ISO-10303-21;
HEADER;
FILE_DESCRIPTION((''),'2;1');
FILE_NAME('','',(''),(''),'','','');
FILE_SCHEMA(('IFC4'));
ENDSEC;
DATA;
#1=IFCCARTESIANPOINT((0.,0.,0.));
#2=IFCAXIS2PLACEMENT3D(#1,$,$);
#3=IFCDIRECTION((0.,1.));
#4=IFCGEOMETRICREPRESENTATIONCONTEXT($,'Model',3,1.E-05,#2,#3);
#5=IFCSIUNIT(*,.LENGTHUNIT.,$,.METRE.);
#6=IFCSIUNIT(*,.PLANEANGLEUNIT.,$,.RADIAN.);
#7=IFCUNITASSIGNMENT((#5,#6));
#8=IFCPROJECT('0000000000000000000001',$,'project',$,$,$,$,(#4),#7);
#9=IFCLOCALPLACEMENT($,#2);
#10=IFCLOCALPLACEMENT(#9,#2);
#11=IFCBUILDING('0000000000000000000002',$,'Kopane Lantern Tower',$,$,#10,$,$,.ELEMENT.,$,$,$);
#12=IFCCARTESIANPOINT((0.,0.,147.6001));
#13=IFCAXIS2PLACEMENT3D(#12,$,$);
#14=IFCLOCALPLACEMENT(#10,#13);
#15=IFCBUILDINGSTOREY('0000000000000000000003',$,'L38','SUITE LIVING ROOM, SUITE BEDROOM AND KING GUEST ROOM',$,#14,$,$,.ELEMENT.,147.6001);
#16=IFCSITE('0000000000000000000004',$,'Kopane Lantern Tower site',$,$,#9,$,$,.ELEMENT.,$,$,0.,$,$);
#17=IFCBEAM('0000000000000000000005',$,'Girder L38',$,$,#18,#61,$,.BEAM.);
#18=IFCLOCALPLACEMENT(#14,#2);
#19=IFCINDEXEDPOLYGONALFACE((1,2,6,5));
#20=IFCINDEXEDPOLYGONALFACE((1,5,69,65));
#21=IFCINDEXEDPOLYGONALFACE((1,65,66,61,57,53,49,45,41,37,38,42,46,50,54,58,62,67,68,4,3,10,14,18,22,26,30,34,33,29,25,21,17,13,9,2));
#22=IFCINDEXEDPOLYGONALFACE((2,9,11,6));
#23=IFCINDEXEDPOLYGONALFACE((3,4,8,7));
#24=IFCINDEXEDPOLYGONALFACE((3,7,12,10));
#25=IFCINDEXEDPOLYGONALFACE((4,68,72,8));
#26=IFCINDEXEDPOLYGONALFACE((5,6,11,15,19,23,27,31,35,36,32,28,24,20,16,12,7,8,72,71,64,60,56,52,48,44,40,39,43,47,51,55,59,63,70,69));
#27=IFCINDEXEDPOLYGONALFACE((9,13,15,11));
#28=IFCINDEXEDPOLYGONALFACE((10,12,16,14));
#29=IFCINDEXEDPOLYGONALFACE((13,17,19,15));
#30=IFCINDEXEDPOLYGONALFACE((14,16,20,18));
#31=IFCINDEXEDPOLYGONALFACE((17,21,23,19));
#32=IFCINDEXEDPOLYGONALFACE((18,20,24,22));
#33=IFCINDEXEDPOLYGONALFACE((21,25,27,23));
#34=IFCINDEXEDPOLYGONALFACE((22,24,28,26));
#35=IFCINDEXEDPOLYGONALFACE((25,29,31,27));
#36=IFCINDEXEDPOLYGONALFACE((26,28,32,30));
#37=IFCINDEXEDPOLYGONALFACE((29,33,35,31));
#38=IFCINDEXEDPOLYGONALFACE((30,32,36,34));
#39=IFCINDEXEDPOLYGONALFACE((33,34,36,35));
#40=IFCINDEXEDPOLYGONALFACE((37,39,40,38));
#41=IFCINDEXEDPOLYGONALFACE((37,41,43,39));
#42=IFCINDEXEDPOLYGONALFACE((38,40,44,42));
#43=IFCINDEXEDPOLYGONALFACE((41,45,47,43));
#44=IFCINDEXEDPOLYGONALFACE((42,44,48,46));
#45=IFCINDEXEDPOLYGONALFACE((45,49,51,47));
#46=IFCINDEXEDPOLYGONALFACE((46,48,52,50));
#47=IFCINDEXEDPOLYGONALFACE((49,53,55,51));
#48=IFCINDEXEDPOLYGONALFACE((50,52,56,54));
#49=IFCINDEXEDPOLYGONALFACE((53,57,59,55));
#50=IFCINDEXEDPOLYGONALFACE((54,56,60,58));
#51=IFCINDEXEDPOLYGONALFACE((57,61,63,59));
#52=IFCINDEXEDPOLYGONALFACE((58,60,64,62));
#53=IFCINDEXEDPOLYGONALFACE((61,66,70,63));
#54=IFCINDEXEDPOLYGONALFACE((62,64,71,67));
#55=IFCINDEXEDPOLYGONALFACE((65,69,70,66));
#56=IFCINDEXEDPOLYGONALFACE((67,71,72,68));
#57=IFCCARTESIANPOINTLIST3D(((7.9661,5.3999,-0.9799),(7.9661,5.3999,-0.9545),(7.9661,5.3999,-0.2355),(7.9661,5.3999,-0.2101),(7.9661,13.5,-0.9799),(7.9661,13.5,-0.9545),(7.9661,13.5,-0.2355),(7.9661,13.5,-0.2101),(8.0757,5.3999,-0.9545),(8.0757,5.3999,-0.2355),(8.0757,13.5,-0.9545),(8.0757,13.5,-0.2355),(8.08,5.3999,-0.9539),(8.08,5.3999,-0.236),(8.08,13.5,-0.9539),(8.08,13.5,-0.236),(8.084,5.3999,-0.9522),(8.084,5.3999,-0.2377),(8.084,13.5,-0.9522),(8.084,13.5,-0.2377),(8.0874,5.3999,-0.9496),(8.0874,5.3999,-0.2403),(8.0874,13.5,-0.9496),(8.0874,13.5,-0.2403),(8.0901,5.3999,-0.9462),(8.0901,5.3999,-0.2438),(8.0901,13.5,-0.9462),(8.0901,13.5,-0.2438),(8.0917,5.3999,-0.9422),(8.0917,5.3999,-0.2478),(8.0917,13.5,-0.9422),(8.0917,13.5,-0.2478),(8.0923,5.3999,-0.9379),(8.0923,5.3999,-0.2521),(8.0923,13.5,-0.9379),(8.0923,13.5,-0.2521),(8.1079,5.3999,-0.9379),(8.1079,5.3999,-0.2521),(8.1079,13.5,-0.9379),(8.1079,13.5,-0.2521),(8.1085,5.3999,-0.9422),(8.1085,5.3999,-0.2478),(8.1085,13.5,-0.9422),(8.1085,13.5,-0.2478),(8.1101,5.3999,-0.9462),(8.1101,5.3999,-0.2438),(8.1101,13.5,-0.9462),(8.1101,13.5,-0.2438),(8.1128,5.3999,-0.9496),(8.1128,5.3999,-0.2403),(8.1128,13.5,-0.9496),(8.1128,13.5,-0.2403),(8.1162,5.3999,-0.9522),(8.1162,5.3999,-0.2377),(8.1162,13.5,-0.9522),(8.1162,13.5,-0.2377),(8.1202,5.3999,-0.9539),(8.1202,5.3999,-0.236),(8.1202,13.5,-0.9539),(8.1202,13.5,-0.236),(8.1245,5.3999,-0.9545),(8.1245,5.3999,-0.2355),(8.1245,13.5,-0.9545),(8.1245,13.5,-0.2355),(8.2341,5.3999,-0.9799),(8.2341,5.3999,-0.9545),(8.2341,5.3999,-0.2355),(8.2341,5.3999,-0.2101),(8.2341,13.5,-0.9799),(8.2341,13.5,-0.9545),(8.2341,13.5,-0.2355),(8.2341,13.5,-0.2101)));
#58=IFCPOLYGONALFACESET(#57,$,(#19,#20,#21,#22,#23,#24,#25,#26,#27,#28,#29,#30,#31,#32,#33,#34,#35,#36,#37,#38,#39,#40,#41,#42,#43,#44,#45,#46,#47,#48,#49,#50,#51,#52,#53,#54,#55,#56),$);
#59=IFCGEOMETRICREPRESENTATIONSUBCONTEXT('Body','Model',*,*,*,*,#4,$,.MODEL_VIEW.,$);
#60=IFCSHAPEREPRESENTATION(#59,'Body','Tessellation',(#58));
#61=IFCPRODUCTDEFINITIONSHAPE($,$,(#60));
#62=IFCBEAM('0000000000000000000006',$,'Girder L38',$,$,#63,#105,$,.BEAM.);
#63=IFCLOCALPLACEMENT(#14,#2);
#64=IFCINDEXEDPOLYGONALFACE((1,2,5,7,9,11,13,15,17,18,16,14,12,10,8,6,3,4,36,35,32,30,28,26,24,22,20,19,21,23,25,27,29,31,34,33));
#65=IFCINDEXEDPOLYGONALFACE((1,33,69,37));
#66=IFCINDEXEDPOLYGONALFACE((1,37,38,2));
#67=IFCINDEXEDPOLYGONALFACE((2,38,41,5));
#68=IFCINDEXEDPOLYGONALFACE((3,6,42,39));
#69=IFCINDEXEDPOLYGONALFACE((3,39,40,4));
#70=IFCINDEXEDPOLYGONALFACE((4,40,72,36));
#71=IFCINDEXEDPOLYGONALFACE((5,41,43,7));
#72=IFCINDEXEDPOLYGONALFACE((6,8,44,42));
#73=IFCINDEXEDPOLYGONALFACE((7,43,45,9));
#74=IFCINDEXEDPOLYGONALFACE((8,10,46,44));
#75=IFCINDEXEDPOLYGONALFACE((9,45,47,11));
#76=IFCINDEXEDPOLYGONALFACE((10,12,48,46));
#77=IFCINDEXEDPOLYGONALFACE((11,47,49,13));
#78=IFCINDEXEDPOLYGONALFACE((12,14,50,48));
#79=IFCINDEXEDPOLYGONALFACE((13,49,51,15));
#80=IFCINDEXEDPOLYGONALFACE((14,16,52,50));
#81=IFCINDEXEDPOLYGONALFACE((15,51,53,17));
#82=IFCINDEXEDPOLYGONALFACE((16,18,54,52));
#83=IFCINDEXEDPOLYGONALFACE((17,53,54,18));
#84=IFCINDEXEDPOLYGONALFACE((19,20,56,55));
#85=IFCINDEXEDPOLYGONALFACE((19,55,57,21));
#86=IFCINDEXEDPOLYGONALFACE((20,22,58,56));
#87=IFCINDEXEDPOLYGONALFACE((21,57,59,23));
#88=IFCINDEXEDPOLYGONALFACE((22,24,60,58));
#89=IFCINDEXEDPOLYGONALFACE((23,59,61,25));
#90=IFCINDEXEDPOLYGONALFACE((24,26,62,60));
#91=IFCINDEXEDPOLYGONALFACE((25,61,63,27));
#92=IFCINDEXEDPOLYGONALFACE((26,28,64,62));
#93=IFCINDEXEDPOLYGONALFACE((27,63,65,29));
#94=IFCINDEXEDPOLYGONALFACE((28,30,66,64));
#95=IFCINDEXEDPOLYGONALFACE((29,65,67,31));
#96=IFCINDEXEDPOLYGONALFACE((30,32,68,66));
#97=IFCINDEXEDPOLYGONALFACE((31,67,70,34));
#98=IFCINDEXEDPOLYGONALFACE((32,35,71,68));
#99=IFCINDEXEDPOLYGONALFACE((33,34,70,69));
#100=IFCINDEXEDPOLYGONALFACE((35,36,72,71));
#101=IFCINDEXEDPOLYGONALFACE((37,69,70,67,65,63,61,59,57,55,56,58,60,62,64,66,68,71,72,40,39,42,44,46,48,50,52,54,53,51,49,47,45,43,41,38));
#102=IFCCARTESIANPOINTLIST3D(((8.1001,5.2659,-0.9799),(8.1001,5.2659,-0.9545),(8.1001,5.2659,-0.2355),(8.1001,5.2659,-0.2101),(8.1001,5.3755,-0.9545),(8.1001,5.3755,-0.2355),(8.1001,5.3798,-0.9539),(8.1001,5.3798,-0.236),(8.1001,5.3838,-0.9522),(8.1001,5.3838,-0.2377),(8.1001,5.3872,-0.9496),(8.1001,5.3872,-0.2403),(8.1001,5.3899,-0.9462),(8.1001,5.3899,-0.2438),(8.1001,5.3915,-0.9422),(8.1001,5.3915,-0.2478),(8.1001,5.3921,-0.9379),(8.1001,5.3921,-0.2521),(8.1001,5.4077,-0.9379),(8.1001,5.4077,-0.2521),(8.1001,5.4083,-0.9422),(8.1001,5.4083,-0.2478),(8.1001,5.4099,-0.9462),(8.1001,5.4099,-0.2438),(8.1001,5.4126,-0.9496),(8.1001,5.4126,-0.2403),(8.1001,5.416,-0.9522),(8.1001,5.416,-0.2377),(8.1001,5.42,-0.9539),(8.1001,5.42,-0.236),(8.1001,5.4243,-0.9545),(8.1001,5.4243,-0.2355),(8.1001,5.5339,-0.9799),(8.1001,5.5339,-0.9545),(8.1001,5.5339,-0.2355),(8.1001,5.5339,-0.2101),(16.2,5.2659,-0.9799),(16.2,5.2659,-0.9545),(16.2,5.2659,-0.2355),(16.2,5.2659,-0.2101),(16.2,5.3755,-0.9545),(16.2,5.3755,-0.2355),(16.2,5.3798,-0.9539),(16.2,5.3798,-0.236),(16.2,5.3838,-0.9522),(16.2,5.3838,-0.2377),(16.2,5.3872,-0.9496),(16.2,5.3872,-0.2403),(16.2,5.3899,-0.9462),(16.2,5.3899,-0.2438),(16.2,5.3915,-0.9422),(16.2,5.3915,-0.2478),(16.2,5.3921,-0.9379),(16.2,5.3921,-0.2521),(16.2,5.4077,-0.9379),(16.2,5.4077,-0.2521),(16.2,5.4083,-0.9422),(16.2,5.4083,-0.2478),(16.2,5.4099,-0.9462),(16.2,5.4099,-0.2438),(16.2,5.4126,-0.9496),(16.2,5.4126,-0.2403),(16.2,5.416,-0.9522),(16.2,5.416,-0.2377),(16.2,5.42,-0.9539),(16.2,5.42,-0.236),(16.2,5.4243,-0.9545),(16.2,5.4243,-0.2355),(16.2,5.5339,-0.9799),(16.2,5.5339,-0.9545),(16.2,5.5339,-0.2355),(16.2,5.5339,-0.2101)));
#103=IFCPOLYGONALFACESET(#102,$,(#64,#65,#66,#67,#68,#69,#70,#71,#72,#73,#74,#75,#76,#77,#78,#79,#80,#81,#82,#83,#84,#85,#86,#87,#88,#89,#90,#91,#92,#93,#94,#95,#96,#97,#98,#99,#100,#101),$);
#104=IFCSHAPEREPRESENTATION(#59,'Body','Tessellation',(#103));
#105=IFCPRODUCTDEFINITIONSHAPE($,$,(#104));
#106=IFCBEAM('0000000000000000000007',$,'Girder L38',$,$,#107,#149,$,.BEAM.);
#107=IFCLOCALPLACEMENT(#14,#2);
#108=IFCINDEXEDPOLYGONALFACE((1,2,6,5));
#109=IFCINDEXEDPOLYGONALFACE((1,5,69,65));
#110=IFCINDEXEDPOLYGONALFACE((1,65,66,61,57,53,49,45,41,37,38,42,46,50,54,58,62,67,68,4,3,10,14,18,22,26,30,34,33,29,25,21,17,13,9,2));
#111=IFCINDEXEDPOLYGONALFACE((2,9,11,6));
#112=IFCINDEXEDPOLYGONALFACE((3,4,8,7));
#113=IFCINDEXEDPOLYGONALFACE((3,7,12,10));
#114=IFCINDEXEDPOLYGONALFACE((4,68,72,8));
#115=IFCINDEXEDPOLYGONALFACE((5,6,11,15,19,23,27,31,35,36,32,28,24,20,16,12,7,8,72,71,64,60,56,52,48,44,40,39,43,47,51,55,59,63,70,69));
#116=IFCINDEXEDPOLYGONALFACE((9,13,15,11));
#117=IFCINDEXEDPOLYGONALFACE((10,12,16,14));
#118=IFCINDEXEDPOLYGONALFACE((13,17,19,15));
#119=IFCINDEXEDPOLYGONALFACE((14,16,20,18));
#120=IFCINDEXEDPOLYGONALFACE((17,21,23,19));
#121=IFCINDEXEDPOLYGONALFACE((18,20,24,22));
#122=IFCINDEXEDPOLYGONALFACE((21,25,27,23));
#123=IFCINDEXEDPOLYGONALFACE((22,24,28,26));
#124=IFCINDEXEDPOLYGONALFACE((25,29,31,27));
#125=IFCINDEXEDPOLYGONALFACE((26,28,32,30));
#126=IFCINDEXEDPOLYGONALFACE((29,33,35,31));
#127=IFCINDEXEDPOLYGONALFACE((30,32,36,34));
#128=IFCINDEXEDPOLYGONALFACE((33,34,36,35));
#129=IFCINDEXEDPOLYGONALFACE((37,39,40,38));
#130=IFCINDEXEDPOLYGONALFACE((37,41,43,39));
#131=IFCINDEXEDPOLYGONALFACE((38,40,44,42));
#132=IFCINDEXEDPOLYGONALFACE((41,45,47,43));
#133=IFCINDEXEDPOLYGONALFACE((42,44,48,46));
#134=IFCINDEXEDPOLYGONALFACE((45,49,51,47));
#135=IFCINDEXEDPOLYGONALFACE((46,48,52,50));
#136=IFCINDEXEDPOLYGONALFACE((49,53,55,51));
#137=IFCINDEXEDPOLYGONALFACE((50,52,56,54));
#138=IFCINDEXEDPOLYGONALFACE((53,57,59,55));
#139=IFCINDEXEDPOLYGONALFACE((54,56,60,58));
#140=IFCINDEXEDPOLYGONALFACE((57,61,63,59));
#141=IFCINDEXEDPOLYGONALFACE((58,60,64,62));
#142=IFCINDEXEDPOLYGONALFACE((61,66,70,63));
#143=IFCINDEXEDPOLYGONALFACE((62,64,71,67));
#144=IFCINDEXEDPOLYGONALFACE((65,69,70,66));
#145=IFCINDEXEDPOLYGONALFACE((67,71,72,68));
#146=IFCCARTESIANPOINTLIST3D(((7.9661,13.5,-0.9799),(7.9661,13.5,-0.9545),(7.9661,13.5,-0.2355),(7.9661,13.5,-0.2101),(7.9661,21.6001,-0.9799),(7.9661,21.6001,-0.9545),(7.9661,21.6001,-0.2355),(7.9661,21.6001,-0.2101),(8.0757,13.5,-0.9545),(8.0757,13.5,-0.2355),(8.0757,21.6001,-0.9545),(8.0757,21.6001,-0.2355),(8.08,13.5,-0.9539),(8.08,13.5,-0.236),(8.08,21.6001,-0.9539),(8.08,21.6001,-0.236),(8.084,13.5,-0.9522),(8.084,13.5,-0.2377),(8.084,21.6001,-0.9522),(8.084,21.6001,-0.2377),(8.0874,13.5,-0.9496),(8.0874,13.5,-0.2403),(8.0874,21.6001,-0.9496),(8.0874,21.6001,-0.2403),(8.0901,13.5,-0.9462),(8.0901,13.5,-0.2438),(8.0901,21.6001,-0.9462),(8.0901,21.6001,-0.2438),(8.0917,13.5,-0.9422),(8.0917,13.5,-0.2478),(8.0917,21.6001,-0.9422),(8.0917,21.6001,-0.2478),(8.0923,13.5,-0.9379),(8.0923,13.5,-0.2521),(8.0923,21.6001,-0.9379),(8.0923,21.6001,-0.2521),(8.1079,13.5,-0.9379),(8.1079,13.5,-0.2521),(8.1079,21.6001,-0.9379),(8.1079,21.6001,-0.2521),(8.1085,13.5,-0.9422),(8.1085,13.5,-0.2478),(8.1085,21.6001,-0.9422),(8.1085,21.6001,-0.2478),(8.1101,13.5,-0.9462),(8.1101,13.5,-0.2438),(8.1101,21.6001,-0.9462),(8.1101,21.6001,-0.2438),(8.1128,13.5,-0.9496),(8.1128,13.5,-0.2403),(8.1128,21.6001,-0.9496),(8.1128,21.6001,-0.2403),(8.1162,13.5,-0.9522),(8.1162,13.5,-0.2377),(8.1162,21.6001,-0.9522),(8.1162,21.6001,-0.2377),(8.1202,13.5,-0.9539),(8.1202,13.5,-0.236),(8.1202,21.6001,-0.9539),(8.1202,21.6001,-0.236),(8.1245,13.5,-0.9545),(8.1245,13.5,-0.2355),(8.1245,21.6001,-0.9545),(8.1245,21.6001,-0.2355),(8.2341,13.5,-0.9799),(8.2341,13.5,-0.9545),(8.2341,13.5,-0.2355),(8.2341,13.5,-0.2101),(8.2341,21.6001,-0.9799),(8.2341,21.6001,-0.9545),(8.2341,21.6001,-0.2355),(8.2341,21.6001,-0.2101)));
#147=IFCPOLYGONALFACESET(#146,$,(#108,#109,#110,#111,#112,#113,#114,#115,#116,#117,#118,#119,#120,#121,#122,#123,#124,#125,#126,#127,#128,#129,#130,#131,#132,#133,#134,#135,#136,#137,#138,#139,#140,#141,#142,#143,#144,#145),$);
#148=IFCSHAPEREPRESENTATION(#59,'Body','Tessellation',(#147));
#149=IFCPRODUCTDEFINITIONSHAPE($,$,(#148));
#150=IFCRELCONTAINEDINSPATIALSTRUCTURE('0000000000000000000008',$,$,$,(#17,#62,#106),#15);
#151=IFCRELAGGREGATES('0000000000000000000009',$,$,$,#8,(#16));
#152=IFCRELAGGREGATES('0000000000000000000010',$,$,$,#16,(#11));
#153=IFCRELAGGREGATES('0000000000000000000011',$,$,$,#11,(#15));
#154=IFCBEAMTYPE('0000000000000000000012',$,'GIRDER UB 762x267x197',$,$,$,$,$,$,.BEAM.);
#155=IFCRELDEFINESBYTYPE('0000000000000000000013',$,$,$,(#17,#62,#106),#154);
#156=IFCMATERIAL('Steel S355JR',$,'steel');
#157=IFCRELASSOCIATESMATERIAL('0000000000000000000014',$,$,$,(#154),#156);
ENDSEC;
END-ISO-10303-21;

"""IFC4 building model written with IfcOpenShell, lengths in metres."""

from ifc_helpers import new_model, si_unit, direction, frame, origin, origin_2d, place, context, subcontext, project, spatial, i_section, extrude, material, material_profile, profile_set, type_object, element, save


model = new_model("IFC4")

# Units and contexts
model_context = context("Model", 3, precision=1e-05, world=origin(), true_north=direction((0.0, 1.0)))
body_context = subcontext(model_context, "Body", "Model", "MODEL_VIEW")
ifc_project = project(units=[si_unit("LENGTHUNIT", "METRE"), si_unit("PLANEANGLEUNIT", "RADIAN")], contexts=[model_context])

# Site, building, storey
site_placement = place(None, origin())
site = spatial("IfcSite", under=ifc_project, at=site_placement, Name="Kopane Lantern Tower site", CompositionType="ELEMENT", RefElevation=0.0)
building_placement = place(site_placement, origin())
building = spatial("IfcBuilding", under=site, at=building_placement, Name="Kopane Lantern Tower", CompositionType="ELEMENT")
storey_placement = place(building_placement, frame((0.0, 0.0, 147.6001)))
storey = spatial("IfcBuildingStorey", under=building, at=storey_placement, Name="L38", Description="SUITE LIVING ROOM, SUITE BEDROOM AND KING GUEST ROOM", CompositionType="ELEMENT", Elevation=147.6001)

# Beams
ifc_material_1 = material(Name="Steel S355JR", Category="steel")
ifc_material_profile_1 = material_profile(ifc_material_1, i_section(OverallWidth=0.2681, OverallDepth=0.7698, WebThickness=0.0156, FlangeThickness=0.0254, FilletRadius=0.0166, at=origin_2d()), Name="UB 762x267x197")
ifc_profile_set_1 = profile_set([ifc_material_profile_1], Name="Steel S355JR")
beam_type_1 = type_object("IfcBeamType", Name="GIRDER UB 762x267x197", PredefinedType="BEAM", material=ifc_profile_set_1)
beam_1_placement = place(storey_placement, frame((8.1001, 5.3999, -0.595), z_axis=(0.0, 1.0, 0.0), x_axis=(-1.0, 0.0, 0.0)))
element("IfcBeam", 1, at=beam_1_placement, inside=storey, type_object=beam_type_1, Name="Girder L38", PredefinedType="BEAM", context=body_context, shape_type="SweptSolid", body=[
    extrude(i_section(OverallWidth=0.2681, OverallDepth=0.7698, WebThickness=0.0156, FlangeThickness=0.0254, FilletRadius=0.0166, at=origin_2d()), origin(), (0.0, 0.0, 1.0), 8.1001),
])
beam_2_placement = place(storey_placement, frame((8.1001, 5.3999, -0.595), z_axis=(1.0, 0.0, 0.0), x_axis=(0.0, 1.0, 0.0)))
element("IfcBeam", 2, at=beam_2_placement, inside=storey, type_object=beam_type_1, Name="Girder L38", PredefinedType="BEAM", context=body_context, shape_type="SweptSolid", body=[
    extrude(i_section(OverallWidth=0.2681, OverallDepth=0.7698, WebThickness=0.0156, FlangeThickness=0.0254, FilletRadius=0.0166, at=origin_2d()), origin(), (0.0, 0.0, 1.0), 8.0999),
])
beam_3_placement = place(storey_placement, frame((8.1001, 13.5, -0.595), z_axis=(0.0, 1.0, 0.0), x_axis=(-1.0, 0.0, 0.0)))
element("IfcBeam", 3, at=beam_3_placement, inside=storey, type_object=beam_type_1, Name="Girder L38", PredefinedType="BEAM", context=body_context, shape_type="SweptSolid", body=[
    extrude(i_section(OverallWidth=0.2681, OverallDepth=0.7698, WebThickness=0.0156, FlangeThickness=0.0254, FilletRadius=0.0166, at=origin_2d()), origin(), (0.0, 0.0, 1.0), 8.1001),
])

save(model, "model.ifc")
